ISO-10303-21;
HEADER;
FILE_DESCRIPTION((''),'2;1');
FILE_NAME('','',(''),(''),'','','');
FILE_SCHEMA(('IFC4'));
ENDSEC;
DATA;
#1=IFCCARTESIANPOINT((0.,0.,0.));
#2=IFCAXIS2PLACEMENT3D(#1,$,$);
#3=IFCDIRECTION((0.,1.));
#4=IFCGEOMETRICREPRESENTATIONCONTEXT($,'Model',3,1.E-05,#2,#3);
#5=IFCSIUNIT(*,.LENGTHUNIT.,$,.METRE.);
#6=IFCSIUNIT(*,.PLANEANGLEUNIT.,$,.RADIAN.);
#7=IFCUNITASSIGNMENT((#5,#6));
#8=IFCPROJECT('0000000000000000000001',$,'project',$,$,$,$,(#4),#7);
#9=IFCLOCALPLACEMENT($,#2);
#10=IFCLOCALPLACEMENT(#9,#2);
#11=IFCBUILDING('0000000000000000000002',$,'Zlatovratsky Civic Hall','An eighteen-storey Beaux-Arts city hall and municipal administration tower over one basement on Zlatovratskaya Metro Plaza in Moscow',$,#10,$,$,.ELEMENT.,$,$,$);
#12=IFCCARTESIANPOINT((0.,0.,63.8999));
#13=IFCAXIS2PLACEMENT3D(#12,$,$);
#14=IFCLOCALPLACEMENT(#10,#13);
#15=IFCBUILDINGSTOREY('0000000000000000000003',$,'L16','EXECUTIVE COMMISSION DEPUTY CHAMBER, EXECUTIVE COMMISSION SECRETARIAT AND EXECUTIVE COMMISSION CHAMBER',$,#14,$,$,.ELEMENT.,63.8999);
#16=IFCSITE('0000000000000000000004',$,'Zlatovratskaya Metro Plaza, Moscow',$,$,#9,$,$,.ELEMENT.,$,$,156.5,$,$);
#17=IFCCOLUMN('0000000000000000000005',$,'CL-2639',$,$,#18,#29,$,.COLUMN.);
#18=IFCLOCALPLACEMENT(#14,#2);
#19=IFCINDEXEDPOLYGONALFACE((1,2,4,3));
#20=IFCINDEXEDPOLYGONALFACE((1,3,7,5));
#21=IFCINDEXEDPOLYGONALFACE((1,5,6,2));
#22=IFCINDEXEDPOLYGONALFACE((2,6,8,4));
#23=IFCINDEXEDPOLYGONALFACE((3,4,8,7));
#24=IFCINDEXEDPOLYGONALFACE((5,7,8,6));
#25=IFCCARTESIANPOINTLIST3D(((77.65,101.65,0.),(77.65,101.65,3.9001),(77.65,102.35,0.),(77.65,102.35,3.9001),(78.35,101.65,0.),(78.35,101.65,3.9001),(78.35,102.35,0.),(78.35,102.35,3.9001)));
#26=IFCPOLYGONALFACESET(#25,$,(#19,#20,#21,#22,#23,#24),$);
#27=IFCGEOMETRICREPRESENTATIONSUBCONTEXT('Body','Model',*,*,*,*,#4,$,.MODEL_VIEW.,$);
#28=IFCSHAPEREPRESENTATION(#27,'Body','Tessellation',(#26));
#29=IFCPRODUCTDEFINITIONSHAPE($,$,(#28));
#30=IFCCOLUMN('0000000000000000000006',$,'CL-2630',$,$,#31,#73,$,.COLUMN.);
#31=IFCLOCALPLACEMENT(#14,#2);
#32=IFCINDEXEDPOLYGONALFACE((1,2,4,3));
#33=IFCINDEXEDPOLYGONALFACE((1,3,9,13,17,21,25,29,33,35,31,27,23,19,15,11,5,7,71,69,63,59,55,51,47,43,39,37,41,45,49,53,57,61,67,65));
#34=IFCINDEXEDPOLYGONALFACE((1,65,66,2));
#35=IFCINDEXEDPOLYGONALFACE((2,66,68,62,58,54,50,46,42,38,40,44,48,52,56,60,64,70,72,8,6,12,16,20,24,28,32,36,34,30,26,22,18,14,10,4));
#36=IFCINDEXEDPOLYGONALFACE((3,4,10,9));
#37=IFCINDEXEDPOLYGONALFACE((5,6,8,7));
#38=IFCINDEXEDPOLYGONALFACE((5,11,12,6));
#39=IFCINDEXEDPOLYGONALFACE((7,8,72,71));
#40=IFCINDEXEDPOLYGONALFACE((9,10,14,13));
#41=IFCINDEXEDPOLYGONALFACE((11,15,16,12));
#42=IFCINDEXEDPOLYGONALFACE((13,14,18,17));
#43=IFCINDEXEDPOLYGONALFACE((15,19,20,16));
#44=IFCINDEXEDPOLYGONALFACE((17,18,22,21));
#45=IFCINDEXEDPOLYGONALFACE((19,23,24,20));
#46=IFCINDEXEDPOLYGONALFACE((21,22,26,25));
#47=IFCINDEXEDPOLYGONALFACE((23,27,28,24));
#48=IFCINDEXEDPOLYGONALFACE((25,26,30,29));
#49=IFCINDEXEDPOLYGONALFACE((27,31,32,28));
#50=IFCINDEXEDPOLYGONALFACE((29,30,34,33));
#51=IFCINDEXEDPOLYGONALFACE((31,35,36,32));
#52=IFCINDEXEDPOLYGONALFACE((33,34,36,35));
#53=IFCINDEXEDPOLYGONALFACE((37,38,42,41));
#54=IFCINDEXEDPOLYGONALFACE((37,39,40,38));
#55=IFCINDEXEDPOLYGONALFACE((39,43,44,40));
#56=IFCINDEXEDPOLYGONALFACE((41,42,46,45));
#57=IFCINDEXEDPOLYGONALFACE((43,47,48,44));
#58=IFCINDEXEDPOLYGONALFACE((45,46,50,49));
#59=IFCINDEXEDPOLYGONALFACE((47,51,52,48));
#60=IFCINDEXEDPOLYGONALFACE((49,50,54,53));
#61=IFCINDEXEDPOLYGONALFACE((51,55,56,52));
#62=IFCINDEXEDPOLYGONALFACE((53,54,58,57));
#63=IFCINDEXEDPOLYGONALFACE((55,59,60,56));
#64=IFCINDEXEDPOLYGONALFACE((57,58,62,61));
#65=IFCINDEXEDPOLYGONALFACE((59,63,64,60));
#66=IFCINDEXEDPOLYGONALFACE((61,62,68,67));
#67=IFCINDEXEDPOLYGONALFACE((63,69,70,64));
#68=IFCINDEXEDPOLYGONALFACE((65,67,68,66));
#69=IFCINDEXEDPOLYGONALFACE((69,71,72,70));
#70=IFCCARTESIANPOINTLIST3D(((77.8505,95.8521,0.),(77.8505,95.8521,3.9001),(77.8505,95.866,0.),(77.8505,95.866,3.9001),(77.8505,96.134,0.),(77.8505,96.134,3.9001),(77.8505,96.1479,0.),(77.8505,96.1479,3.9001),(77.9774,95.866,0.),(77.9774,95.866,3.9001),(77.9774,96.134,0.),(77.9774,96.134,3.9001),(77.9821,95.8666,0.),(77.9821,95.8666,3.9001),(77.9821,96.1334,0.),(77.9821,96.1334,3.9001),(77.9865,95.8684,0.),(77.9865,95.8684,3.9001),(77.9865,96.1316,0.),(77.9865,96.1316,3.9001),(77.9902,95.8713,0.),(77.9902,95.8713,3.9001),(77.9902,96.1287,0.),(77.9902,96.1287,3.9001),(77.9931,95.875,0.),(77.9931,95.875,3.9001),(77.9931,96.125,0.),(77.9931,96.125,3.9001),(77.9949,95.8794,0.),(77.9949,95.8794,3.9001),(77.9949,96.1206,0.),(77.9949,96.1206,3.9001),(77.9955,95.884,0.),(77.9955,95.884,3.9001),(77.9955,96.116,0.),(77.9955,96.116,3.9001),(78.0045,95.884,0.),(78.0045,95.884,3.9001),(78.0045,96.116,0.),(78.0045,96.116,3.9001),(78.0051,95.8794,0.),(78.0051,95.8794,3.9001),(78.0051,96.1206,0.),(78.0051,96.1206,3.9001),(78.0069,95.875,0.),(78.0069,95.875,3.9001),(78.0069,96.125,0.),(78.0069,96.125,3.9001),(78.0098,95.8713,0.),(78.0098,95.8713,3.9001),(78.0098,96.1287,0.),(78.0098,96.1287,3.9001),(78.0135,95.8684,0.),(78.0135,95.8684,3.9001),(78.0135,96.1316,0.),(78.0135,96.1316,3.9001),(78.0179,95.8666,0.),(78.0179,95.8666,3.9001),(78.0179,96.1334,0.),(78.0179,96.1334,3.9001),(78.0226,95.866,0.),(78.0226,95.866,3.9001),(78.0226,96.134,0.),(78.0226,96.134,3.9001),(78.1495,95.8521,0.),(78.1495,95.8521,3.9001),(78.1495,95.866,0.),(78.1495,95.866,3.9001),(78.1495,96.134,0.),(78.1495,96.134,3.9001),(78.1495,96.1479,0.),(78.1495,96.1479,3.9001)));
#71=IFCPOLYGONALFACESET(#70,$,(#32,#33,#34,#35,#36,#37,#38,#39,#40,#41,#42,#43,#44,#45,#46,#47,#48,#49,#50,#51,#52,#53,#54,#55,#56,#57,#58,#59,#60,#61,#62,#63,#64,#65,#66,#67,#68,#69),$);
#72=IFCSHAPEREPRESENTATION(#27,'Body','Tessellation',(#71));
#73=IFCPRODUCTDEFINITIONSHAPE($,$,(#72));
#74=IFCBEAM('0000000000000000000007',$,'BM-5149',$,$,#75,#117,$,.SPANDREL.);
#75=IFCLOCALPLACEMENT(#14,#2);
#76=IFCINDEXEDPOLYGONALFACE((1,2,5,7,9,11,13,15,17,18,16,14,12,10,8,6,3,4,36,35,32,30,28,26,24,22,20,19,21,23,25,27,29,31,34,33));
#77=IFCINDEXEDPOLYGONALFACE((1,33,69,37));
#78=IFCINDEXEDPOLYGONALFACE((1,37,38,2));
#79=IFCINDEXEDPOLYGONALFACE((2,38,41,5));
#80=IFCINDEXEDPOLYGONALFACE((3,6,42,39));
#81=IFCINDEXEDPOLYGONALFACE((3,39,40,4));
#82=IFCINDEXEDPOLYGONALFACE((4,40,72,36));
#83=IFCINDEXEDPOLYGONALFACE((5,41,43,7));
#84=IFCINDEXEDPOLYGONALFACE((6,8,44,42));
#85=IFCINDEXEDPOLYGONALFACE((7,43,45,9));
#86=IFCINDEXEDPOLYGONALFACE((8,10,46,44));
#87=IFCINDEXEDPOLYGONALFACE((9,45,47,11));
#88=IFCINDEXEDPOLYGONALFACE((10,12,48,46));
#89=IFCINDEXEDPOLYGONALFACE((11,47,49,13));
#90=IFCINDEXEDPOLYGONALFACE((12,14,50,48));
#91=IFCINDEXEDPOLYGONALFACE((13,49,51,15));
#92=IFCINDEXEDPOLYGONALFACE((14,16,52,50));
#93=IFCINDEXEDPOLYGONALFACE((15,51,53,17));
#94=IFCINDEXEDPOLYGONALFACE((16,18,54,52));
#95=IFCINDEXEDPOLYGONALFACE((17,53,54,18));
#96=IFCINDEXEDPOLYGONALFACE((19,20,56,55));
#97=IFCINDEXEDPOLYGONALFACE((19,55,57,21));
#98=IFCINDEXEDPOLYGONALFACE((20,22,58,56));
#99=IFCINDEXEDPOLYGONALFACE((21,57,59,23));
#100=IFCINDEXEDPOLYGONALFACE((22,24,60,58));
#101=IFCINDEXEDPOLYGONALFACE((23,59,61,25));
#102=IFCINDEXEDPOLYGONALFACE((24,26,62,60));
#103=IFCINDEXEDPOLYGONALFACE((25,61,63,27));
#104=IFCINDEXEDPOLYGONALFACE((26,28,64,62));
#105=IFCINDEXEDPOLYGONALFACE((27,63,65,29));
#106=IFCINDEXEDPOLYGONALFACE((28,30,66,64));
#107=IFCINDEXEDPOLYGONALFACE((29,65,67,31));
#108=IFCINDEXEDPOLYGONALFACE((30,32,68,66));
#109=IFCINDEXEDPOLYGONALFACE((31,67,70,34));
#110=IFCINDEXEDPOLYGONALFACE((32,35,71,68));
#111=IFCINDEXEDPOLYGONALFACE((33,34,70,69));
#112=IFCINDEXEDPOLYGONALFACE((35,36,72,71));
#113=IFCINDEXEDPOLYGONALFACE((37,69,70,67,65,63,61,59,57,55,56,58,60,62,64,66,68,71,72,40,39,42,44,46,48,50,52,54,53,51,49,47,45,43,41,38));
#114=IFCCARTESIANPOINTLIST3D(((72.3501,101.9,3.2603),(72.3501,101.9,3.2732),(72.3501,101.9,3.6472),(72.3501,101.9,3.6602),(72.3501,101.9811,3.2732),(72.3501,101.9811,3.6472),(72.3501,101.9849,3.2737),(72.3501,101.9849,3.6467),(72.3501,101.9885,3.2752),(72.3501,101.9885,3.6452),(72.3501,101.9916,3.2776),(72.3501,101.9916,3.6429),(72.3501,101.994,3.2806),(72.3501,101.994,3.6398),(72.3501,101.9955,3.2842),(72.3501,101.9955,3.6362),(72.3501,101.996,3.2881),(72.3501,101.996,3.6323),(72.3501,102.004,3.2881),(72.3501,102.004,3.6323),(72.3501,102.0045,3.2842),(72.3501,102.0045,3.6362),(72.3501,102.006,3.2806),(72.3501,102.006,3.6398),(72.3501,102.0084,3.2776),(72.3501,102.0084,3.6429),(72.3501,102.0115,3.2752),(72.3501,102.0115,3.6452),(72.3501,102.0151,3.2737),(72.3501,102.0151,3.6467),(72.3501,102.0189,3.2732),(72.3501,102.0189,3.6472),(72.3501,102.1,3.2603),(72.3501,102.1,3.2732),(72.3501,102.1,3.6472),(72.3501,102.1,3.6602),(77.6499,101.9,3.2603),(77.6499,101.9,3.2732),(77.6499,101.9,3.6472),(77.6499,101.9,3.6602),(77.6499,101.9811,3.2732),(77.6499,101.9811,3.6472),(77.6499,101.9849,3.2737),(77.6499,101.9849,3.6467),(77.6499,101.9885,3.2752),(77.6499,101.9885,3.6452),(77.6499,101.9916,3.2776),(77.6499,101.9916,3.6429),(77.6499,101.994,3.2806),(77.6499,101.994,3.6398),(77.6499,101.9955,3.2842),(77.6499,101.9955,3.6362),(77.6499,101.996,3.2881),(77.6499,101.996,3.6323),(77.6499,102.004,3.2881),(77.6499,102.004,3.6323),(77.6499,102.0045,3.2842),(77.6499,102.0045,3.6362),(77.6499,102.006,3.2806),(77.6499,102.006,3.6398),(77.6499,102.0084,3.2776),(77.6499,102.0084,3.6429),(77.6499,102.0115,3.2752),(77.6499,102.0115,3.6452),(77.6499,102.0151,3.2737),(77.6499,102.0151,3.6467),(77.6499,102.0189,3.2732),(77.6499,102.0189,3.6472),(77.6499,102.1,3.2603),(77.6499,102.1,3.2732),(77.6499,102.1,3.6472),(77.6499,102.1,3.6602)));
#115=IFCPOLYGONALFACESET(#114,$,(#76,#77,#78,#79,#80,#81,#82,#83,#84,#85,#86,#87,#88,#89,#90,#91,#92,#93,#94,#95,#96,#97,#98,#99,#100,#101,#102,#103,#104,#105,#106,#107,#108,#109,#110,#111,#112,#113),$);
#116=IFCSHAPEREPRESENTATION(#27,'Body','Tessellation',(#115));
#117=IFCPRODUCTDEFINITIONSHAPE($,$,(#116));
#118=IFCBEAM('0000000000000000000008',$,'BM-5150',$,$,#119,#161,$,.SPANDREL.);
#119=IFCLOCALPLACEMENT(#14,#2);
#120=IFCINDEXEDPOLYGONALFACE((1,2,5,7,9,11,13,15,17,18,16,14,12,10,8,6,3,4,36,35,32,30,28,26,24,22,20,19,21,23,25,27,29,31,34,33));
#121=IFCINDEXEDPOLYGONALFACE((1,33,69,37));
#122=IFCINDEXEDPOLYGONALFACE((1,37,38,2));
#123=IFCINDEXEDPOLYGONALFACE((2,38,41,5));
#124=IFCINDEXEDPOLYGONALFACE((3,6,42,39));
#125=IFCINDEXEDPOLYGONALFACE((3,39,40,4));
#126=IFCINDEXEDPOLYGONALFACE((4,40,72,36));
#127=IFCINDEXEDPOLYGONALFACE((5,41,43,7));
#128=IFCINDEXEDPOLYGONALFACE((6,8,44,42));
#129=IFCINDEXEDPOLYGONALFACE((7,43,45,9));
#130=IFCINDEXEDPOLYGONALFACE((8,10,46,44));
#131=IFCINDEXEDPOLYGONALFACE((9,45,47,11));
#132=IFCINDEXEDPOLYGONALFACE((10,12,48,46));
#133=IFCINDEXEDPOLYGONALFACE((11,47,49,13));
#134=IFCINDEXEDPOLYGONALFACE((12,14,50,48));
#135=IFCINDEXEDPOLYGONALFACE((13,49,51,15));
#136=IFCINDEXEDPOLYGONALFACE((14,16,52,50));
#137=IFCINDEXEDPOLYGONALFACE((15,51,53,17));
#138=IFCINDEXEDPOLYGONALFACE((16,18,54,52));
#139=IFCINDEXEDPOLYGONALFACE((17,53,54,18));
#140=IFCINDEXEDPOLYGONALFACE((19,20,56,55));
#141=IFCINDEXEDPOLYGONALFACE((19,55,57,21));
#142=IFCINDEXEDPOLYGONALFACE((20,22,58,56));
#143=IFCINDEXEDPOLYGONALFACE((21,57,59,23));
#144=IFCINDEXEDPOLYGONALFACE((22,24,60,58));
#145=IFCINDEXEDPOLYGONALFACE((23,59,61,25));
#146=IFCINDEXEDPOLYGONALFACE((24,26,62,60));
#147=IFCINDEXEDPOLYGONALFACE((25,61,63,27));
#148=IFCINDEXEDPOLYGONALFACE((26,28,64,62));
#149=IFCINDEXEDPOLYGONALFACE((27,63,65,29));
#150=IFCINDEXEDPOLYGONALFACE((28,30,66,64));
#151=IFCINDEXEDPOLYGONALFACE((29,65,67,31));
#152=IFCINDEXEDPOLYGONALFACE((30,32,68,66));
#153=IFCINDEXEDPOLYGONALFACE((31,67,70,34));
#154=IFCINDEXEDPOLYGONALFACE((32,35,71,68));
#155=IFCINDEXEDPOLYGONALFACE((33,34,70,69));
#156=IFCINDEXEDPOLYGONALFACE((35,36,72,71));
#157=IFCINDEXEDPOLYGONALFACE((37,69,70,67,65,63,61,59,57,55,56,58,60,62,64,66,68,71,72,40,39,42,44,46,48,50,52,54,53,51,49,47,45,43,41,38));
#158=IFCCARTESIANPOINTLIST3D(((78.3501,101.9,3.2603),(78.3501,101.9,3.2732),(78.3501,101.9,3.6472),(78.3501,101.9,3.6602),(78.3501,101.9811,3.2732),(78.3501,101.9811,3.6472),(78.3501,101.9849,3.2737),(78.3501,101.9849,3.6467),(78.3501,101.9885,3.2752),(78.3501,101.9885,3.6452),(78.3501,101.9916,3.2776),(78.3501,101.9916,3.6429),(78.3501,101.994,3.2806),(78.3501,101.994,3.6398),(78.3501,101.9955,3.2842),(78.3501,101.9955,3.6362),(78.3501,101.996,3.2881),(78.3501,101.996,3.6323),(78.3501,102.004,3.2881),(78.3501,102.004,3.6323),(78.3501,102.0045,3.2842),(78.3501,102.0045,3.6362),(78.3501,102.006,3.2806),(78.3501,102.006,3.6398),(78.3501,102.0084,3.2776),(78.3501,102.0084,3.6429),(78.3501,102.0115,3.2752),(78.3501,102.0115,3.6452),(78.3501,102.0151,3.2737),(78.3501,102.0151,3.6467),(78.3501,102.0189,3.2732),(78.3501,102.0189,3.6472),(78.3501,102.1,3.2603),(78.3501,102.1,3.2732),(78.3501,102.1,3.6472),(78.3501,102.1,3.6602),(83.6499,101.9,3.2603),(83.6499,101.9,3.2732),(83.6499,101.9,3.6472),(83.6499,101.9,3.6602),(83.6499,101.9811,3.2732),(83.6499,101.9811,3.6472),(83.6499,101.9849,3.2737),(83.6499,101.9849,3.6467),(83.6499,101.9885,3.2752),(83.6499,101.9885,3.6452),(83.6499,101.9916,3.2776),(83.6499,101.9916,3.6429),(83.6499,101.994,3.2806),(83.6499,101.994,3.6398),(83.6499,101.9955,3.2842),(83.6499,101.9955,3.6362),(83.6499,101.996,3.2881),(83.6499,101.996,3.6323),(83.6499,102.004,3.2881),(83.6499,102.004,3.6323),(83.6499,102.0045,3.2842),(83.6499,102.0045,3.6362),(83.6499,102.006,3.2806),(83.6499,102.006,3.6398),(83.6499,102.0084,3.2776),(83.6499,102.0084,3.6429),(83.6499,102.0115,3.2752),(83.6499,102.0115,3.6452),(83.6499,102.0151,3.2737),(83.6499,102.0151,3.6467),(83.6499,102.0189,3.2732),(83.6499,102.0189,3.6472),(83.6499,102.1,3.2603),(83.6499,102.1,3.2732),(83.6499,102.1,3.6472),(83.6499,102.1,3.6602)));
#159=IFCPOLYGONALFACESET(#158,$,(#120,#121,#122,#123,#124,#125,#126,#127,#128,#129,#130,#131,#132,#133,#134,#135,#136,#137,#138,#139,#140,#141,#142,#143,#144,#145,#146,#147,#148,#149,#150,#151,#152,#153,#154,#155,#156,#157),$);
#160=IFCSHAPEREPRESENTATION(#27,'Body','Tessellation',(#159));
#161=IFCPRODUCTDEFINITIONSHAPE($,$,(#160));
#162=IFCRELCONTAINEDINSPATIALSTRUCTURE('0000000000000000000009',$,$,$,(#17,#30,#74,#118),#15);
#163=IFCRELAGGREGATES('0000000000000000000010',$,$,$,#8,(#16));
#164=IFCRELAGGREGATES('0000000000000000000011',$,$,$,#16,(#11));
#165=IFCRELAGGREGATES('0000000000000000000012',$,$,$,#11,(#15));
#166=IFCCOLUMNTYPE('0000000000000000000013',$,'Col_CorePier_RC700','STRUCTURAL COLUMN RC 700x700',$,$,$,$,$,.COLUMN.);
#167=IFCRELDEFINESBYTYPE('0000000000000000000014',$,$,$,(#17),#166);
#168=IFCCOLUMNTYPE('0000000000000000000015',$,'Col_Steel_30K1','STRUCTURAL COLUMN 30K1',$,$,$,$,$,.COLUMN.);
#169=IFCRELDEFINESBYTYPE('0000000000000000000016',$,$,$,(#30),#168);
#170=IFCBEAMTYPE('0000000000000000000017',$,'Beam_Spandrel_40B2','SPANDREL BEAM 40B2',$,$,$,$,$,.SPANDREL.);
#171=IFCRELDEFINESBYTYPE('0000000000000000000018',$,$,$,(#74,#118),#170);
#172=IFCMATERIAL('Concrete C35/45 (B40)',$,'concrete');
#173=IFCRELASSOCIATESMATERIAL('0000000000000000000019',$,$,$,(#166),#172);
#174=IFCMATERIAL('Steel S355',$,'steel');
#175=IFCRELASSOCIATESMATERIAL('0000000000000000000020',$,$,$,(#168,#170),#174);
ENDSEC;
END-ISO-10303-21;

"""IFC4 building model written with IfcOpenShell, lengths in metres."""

from ifc_helpers import new_model, si_unit, direction, frame, origin, origin_2d, place, context, subcontext, project, spatial, rectangle, i_section, extrude, material, material_profile, profile_set, type_object, element, save


model = new_model("IFC4")

# Units and contexts
model_context = context("Model", 3, precision=1e-05, world=origin(), true_north=direction((0.0, 1.0)))
body_context = subcontext(model_context, "Body", "Model", "MODEL_VIEW")
ifc_project = project(units=[si_unit("LENGTHUNIT", "METRE"), si_unit("PLANEANGLEUNIT", "RADIAN")], contexts=[model_context])

# Site, building, storey
site_placement = place(None, origin())
site = spatial("IfcSite", under=ifc_project, at=site_placement, Name="Zlatovratskaya Metro Plaza, Moscow", CompositionType="ELEMENT", RefElevation=156.5)
building_placement = place(site_placement, origin())
building = spatial("IfcBuilding", under=site, at=building_placement, Name="Zlatovratsky Civic Hall", Description="An eighteen-storey Beaux-Arts city hall and municipal administration tower over one basement on Zlatovratskaya Metro Plaza in Moscow", CompositionType="ELEMENT")
storey_placement = place(building_placement, frame((0.0, 0.0, 63.8999)))
storey = spatial("IfcBuildingStorey", under=building, at=storey_placement, Name="L16", Description="EXECUTIVE COMMISSION DEPUTY CHAMBER, EXECUTIVE COMMISSION SECRETARIAT AND EXECUTIVE COMMISSION CHAMBER", CompositionType="ELEMENT", Elevation=63.8999)

# Columns
ifc_material_1 = material(Name="Concrete C35/45 (B40)", Category="concrete")
ifc_material_profile_1 = material_profile(ifc_material_1, rectangle(XDim=0.7, YDim=0.7, at=origin_2d()), Name="RC 700x700")
ifc_profile_set_1 = profile_set([ifc_material_profile_1], Name="Concrete C35/45 (B40)")
column_type_1 = type_object("IfcColumnType", Name="Col_CorePier_RC700", Description="STRUCTURAL COLUMN RC 700x700", PredefinedType="COLUMN", material=ifc_profile_set_1)
column_1_placement = place(storey_placement, frame((78.0, 102.0, 0.0), z_axis=(0.0, 0.0, 1.0), x_axis=(1.0, 0.0, 0.0)))
element("IfcColumn", 1, at=column_1_placement, inside=storey, type_object=column_type_1, Name="CL-2639", PredefinedType="COLUMN", context=body_context, shape_type="SweptSolid", body=[
    extrude(rectangle(XDim=0.7, YDim=0.7, at=origin_2d()), origin(), (0.0, 0.0, 1.0), 3.9001),
])
ifc_material_2 = material(Name="Steel S355", Category="steel")
ifc_material_profile_2 = material_profile(ifc_material_2, i_section(OverallWidth=0.2991, OverallDepth=0.2959, WebThickness=0.009, FlangeThickness=0.0139, FilletRadius=0.0181, at=origin_2d()), Name="30K1")
ifc_profile_set_2 = profile_set([ifc_material_profile_2], Name="Steel S355")
column_type_2 = type_object("IfcColumnType", Name="Col_Steel_30K1", Description="STRUCTURAL COLUMN 30K1", PredefinedType="COLUMN", material=ifc_profile_set_2)
column_2_placement = place(storey_placement, frame((78.0, 96.0, 0.0), z_axis=(0.0, 0.0, 1.0), x_axis=(1.0, 0.0, 0.0)))
element("IfcColumn", 2, at=column_2_placement, inside=storey, type_object=column_type_2, Name="CL-2630", PredefinedType="COLUMN", context=body_context, shape_type="SweptSolid", body=[
    extrude(i_section(OverallWidth=0.2991, OverallDepth=0.2959, WebThickness=0.009, FlangeThickness=0.0139, FilletRadius=0.0181, at=origin_2d()), origin(), (0.0, 0.0, 1.0), 3.9001),
])

# Beams
ifc_material_profile_3 = material_profile(ifc_material_2, i_section(OverallWidth=0.2, OverallDepth=0.3999, WebThickness=0.0081, FlangeThickness=0.0129, FilletRadius=0.0149, at=origin_2d()), Name="40B2")
ifc_profile_set_3 = profile_set([ifc_material_profile_3], Name="Steel S355")
beam_type_1 = type_object("IfcBeamType", Name="Beam_Spandrel_40B2", Description="SPANDREL BEAM 40B2", PredefinedType="SPANDREL", material=ifc_profile_set_3)
for number, where, z_axis, x_axis, name in (
    (3, (72.3501, 102.0, 3.4602), (1.0, 0.0, 0.0), (0.0, 1.0, 0.0), "BM-5149"),
    (4, (78.3501, 102.0, 3.4602), (1.0, 0.0, 0.0), (0.0, 1.0, 0.0), "BM-5150"),
):
    element("IfcBeam", number, at=place(storey_placement, frame(where, z_axis=z_axis, x_axis=x_axis)), inside=storey, type_object=beam_type_1, Name=name, PredefinedType="SPANDREL", context=body_context, shape_type="SweptSolid", body=[
        extrude(i_section(OverallWidth=0.2, OverallDepth=0.3999, WebThickness=0.0081, FlangeThickness=0.0129, FilletRadius=0.0149, at=origin_2d()), origin(), (0.0, 0.0, 1.0), 5.2998),
    ])

save(model, "model.ifc")
